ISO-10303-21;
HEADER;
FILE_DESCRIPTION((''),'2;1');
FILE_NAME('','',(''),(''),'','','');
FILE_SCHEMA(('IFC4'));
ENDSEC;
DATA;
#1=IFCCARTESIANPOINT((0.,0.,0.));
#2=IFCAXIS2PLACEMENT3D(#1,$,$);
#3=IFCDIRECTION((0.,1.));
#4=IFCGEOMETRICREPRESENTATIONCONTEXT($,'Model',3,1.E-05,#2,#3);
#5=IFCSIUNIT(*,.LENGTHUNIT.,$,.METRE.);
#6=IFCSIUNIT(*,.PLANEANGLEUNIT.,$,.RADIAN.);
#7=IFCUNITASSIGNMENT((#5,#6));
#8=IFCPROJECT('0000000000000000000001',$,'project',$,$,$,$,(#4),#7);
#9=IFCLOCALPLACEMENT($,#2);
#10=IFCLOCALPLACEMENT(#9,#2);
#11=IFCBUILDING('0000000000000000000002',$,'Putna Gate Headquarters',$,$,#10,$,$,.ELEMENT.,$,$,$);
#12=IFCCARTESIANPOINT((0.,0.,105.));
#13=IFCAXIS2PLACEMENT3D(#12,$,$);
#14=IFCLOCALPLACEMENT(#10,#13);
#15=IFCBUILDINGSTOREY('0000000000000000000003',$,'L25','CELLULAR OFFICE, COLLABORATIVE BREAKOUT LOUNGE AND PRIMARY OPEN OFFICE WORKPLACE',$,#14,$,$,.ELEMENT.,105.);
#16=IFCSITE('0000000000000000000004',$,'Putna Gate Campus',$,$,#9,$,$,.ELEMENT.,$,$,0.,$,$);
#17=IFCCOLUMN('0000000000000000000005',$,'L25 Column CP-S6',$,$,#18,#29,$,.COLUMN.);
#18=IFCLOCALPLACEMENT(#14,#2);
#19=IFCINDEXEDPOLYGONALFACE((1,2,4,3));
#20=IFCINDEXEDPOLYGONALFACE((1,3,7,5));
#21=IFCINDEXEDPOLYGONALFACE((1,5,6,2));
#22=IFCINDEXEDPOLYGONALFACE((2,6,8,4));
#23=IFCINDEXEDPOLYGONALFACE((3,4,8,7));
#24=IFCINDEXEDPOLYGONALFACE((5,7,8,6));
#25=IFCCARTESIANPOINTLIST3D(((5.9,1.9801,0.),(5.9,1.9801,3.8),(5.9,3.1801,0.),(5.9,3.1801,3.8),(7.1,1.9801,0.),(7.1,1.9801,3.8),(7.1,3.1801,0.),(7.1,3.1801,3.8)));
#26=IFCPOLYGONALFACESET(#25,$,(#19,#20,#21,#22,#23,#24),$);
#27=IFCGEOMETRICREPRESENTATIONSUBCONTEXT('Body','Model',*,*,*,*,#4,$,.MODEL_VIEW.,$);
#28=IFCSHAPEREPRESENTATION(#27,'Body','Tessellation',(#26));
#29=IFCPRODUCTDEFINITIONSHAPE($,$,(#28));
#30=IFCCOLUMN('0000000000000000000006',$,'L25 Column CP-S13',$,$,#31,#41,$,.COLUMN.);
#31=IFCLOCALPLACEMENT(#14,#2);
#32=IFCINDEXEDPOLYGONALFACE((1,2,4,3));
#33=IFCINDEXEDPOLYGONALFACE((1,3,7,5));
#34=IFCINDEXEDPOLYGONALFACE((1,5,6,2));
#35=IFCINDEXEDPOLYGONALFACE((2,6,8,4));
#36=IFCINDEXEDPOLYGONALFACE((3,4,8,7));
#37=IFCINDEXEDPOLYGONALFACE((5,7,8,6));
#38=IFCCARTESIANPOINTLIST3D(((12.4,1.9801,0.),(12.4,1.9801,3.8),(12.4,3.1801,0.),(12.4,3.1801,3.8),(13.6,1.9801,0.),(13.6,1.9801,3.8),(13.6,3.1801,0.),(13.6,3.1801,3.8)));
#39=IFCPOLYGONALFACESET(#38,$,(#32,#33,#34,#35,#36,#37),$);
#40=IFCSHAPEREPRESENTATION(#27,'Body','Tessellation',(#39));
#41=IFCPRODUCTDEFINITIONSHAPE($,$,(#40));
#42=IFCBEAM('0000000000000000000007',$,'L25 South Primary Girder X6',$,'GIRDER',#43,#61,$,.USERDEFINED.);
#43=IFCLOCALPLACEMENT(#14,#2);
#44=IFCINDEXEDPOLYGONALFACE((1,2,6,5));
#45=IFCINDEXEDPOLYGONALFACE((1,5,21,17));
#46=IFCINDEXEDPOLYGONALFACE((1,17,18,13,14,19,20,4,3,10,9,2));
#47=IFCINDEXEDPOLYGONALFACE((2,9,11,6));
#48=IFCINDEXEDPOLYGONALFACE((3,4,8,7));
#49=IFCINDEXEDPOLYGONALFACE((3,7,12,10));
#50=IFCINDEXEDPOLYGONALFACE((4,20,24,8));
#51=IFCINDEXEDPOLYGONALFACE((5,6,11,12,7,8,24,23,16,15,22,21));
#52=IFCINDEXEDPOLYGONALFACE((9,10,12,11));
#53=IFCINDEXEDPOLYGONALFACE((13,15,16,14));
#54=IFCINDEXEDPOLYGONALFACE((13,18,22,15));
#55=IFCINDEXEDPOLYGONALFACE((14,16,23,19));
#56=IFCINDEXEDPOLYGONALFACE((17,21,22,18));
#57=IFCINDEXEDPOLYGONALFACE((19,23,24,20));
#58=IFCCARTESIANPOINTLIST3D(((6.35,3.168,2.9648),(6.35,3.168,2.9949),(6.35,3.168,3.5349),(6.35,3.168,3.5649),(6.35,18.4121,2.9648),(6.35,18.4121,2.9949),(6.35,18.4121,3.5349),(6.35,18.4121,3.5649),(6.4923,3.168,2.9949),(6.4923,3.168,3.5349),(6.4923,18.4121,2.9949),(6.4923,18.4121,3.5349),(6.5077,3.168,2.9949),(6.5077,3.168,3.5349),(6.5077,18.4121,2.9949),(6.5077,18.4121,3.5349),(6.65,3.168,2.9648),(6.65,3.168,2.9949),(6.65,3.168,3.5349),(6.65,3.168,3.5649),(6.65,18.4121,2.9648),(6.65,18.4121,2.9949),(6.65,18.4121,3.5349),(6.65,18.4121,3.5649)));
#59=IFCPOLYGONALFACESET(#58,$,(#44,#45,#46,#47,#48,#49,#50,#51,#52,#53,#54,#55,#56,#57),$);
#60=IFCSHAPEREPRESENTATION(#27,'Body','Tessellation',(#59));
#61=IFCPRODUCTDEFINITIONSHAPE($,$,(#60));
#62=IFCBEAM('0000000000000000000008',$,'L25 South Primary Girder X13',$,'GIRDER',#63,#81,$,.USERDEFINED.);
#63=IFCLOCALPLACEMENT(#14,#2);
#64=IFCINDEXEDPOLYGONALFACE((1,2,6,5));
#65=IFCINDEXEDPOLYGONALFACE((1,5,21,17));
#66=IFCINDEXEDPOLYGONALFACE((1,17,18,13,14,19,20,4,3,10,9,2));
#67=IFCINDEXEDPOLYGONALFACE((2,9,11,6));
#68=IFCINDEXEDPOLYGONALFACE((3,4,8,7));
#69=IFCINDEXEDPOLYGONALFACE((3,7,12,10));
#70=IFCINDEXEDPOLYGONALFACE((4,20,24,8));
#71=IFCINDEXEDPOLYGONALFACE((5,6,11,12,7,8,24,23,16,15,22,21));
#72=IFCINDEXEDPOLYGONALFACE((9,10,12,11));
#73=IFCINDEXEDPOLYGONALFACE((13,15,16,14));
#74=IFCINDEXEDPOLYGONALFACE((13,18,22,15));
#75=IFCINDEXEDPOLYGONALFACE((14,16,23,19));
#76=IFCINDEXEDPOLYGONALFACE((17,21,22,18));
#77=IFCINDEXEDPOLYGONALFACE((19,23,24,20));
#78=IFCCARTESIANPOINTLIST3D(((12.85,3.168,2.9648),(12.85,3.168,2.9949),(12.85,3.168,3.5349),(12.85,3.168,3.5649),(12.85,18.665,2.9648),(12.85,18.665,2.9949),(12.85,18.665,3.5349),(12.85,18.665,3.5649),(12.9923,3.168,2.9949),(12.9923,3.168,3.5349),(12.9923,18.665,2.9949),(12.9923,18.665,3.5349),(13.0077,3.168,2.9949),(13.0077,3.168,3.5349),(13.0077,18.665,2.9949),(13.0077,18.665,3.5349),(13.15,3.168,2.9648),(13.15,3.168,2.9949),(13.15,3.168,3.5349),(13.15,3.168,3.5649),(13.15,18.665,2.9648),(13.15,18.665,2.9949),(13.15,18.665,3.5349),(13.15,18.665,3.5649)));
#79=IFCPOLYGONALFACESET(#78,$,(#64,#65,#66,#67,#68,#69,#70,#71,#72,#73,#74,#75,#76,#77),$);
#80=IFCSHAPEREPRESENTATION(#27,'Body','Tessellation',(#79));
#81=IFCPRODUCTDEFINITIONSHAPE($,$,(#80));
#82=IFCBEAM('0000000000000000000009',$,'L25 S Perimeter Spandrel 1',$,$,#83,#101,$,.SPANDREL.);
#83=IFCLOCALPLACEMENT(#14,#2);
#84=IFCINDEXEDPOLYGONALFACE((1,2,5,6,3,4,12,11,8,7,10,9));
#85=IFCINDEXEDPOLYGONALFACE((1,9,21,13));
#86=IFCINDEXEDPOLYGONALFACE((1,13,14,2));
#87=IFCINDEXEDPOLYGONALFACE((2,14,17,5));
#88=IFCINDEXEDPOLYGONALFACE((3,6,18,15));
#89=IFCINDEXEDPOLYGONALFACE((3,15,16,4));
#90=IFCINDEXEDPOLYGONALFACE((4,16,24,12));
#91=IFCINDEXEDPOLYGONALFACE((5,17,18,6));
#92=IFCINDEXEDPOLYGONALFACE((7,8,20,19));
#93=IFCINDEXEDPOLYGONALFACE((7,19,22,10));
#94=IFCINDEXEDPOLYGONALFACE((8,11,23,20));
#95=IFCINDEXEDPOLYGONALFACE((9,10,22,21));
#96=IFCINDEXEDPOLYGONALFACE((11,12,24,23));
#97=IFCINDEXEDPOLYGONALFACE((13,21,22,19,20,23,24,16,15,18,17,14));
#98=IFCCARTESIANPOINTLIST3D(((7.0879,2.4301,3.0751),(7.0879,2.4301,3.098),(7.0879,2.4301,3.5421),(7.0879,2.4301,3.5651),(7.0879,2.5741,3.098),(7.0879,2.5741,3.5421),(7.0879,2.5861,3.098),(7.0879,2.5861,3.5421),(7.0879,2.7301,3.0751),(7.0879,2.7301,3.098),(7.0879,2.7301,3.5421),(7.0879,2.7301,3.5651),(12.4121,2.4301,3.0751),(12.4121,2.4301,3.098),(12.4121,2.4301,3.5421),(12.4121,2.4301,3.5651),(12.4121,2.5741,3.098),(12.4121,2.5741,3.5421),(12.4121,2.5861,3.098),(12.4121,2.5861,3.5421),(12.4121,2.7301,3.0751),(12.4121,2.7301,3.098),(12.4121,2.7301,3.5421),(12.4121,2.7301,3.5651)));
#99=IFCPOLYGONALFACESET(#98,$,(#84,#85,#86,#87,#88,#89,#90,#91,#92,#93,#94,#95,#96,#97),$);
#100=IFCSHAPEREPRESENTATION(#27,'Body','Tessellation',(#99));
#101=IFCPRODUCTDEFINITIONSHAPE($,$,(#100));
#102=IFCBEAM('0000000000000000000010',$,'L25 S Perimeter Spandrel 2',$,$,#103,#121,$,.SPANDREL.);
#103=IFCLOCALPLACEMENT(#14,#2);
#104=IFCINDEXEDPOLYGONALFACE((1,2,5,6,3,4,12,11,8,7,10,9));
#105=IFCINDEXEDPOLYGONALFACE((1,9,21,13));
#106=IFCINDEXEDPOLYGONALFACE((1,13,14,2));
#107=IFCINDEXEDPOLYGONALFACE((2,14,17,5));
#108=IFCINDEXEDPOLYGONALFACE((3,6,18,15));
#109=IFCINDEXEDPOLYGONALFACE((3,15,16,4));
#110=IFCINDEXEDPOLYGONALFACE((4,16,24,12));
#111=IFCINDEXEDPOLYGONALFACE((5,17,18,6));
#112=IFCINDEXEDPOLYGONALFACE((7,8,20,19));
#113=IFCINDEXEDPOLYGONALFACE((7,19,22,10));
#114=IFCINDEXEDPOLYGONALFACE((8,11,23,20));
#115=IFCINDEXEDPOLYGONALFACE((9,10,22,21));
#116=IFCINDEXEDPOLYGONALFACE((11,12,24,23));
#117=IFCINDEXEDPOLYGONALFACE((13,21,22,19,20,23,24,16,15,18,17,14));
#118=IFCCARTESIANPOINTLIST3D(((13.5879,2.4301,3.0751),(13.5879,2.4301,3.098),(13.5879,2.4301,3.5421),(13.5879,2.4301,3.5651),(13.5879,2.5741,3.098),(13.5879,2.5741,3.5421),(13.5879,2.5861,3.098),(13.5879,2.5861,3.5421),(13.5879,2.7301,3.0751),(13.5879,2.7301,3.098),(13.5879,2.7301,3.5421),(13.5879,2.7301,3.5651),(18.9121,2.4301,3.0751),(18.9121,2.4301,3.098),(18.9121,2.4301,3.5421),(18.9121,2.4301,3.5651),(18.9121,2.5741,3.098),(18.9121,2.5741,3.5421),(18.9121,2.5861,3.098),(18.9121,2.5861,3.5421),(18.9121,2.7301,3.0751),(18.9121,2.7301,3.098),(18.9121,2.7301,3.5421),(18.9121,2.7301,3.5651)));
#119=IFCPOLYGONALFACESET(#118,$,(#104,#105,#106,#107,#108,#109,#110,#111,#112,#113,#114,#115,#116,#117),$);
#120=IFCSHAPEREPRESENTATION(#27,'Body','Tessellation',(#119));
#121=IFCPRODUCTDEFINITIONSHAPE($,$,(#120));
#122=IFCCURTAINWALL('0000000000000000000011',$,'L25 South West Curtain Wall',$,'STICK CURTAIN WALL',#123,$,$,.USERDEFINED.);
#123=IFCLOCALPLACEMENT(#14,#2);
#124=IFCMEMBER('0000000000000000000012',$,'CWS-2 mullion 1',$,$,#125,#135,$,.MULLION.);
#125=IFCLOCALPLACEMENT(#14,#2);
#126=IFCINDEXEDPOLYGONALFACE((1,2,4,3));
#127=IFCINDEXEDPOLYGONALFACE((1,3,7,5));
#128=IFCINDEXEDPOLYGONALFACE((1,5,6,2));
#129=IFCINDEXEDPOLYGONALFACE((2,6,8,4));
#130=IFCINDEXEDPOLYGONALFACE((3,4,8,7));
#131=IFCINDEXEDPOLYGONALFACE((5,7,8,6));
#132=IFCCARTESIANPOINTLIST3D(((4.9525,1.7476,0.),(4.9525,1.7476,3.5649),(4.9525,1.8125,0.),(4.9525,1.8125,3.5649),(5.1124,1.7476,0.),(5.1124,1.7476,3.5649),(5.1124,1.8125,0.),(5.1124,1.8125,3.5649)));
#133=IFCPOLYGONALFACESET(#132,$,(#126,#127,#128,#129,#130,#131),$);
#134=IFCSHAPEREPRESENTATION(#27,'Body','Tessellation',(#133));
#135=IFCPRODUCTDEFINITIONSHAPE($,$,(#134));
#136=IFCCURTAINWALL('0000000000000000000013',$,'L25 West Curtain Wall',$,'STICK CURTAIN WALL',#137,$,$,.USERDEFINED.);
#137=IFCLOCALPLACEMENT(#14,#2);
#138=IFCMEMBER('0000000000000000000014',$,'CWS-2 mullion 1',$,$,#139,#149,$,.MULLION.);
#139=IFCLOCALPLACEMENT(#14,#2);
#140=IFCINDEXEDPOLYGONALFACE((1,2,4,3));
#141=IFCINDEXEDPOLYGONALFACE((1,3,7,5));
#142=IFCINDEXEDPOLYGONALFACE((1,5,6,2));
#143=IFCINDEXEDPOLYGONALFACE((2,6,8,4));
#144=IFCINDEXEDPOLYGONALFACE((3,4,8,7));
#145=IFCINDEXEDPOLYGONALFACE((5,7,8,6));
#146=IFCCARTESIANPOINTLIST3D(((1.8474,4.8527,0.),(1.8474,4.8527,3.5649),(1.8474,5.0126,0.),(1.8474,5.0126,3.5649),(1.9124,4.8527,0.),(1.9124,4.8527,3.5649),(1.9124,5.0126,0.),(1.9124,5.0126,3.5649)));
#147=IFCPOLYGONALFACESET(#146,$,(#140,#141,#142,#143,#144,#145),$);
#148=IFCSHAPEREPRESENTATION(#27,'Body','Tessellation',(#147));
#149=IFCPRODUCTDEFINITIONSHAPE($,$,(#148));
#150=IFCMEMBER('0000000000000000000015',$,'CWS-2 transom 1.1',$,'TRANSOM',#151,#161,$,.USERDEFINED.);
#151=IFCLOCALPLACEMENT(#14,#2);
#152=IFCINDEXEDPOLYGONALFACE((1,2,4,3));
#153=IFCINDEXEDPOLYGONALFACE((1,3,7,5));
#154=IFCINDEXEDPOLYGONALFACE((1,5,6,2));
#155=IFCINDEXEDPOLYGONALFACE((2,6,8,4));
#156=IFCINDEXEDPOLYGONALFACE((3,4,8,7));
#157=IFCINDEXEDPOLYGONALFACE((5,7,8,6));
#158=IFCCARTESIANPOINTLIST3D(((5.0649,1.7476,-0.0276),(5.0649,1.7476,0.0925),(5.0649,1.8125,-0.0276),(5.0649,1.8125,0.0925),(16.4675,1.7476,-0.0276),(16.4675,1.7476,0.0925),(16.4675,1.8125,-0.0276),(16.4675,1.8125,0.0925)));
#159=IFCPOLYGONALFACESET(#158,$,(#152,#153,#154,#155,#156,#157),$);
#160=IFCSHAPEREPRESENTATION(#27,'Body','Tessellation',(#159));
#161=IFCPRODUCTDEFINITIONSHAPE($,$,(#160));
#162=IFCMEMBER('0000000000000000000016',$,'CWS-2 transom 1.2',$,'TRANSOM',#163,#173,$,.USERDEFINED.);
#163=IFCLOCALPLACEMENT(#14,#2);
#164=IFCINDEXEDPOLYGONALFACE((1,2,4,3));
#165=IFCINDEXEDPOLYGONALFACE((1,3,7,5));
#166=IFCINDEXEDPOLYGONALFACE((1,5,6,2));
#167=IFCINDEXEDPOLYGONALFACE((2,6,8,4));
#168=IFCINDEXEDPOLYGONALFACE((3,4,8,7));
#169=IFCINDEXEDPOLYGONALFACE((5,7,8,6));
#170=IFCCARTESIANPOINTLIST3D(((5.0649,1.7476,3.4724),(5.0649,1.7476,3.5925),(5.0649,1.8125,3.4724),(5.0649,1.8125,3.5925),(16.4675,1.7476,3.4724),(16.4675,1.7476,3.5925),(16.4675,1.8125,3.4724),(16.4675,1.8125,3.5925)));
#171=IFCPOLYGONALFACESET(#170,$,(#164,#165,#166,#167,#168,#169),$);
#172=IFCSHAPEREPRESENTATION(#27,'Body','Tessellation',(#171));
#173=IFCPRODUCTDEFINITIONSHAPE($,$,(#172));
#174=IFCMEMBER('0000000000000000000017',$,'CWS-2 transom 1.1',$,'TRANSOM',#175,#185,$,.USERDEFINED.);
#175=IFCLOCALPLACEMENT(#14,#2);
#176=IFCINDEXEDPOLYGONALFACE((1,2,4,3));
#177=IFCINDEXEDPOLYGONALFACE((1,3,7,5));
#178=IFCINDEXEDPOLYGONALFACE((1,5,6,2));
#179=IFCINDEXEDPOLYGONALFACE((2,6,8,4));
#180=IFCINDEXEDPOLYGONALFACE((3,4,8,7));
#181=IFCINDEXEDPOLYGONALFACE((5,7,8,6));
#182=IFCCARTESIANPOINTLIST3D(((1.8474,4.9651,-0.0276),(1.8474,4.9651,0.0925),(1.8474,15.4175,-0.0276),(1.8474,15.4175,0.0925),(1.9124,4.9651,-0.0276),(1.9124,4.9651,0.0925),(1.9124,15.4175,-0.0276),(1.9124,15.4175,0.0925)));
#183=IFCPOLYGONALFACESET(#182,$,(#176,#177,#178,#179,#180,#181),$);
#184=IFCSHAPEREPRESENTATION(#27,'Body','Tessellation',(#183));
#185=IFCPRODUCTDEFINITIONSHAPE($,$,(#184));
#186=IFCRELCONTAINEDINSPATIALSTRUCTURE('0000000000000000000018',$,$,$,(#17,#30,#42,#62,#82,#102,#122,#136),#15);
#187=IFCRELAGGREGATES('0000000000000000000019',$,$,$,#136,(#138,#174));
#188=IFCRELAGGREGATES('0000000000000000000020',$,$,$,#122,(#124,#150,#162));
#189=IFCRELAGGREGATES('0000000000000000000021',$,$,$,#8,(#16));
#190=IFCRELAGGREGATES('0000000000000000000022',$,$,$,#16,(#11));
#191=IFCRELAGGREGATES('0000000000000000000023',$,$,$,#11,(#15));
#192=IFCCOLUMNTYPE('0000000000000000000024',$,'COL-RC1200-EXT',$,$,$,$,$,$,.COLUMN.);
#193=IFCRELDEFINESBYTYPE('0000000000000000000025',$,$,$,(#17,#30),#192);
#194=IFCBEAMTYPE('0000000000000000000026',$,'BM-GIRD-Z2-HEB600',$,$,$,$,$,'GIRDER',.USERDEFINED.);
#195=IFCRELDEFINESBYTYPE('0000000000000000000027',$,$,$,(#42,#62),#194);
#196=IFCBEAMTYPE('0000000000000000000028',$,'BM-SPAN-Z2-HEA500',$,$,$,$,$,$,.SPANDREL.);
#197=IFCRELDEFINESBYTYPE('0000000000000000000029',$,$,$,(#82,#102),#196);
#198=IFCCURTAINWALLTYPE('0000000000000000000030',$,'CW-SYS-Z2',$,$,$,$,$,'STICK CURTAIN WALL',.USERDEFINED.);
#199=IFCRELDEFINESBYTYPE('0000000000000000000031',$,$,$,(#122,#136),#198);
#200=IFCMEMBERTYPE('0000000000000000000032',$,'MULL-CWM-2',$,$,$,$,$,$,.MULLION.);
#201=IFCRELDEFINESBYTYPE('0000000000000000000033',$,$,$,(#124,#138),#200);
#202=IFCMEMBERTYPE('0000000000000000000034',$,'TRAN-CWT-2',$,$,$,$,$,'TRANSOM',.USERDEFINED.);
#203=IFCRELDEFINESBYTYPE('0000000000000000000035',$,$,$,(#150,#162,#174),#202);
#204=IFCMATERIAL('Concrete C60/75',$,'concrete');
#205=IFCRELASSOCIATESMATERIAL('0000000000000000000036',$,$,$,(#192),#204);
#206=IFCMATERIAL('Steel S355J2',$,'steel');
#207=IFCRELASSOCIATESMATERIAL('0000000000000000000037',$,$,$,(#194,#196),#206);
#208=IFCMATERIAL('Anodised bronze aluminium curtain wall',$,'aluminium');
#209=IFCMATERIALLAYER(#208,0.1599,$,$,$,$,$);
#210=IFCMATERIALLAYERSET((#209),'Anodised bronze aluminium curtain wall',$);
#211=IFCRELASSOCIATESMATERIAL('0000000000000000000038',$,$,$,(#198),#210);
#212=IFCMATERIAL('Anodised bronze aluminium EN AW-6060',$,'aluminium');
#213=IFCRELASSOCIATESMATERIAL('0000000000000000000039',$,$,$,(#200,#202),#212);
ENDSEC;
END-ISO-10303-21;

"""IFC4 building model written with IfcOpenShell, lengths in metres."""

from ifc_helpers import new_model, si_unit, direction, frame, origin, origin_2d, place, context, subcontext, project, spatial, rectangle, i_section, extrude, material, layer, layer_set, material_profile, profile_set, type_object, element, aggregate, save


model = new_model("IFC4")

# Units and contexts
model_context = context("Model", 3, precision=1e-05, world=origin(), true_north=direction((0.0, 1.0)))
body_context = subcontext(model_context, "Body", "Model", "MODEL_VIEW")
ifc_project = project(units=[si_unit("LENGTHUNIT", "METRE"), si_unit("PLANEANGLEUNIT", "RADIAN")], contexts=[model_context])

# Site, building, storey
site_placement = place(None, origin())
site = spatial("IfcSite", under=ifc_project, at=site_placement, Name="Putna Gate Campus", CompositionType="ELEMENT", RefElevation=0.0)
building_placement = place(site_placement, origin())
building = spatial("IfcBuilding", under=site, at=building_placement, Name="Putna Gate Headquarters", CompositionType="ELEMENT")
storey_placement = place(building_placement, frame((0.0, 0.0, 105.0)))
storey = spatial("IfcBuildingStorey", under=building, at=storey_placement, Name="L25", Description="CELLULAR OFFICE, COLLABORATIVE BREAKOUT LOUNGE AND PRIMARY OPEN OFFICE WORKPLACE", CompositionType="ELEMENT", Elevation=105.0)

# Columns
ifc_material_1 = material(Name="Concrete C60/75", Category="concrete")
ifc_material_profile_1 = material_profile(ifc_material_1, rectangle(XDim=1.2, YDim=1.2, at=origin_2d()), Name="Concrete C60/75")
ifc_profile_set_1 = profile_set([ifc_material_profile_1], Name="Concrete C60/75")
column_type = type_object("IfcColumnType", Name="COL-RC1200-EXT", PredefinedType="COLUMN", material=ifc_profile_set_1)
for number, where, z_axis, x_axis, name in (
    (1, (6.5, 2.5801, 0.0), (0.0, 0.0, 1.0), (1.0, 0.0, 0.0), "L25 Column CP-S6"),
    (2, (13.0, 2.5801, 0.0), (0.0, 0.0, 1.0), (1.0, 0.0, 0.0), "L25 Column CP-S13"),
):
    element("IfcColumn", number, at=place(storey_placement, frame(where, z_axis=z_axis, x_axis=x_axis)), inside=storey, type_object=column_type, Name=name, PredefinedType="COLUMN", context=body_context, shape_type="SweptSolid", body=[
        extrude(rectangle(XDim=1.2, YDim=1.2, at=origin_2d()), origin(), (0.0, 0.0, 1.0), 3.8),
    ])

# Beams
ifc_material_2 = material(Name="Steel S355J2", Category="steel")
ifc_material_profile_2 = material_profile(ifc_material_2, i_section(OverallWidth=0.3, OverallDepth=0.6001, WebThickness=0.0154, FlangeThickness=0.03, at=origin_2d()), Name="Steel S355J2")
ifc_profile_set_2 = profile_set([ifc_material_profile_2], Name="Steel S355J2")
beam_type_1 = type_object("IfcBeamType", Name="BM-GIRD-Z2-HEB600", ElementType="GIRDER", PredefinedType="USERDEFINED", material=ifc_profile_set_2)
beam_1_placement = place(storey_placement, frame((6.5, 3.168, 3.2649), z_axis=(0.0, 1.0, 0.0), x_axis=(-1.0, 0.0, 0.0)))
element("IfcBeam", 3, at=beam_1_placement, inside=storey, type_object=beam_type_1, Name="L25 South Primary Girder X6", ObjectType="GIRDER", PredefinedType="USERDEFINED", context=body_context, shape_type="SweptSolid", body=[
    extrude(i_section(OverallWidth=0.3, OverallDepth=0.6001, WebThickness=0.0154, FlangeThickness=0.03, at=origin_2d()), origin(), (0.0, 0.0, 1.0), 15.2441),
])
beam_2_placement = place(storey_placement, frame((13.0, 3.168, 3.2649), z_axis=(0.0, 1.0, 0.0), x_axis=(-1.0, 0.0, 0.0)))
element("IfcBeam", 4, at=beam_2_placement, inside=storey, type_object=beam_type_1, Name="L25 South Primary Girder X13", ObjectType="GIRDER", PredefinedType="USERDEFINED", context=body_context, shape_type="SweptSolid", body=[
    extrude(i_section(OverallWidth=0.3, OverallDepth=0.6001, WebThickness=0.0154, FlangeThickness=0.03, at=origin_2d()), origin(), (0.0, 0.0, 1.0), 15.4971),
])
ifc_material_profile_3 = material_profile(ifc_material_2, i_section(OverallWidth=0.3, OverallDepth=0.49, WebThickness=0.012, FlangeThickness=0.0229, at=origin_2d()), Name="Steel S355J2")
ifc_profile_set_3 = profile_set([ifc_material_profile_3], Name="Steel S355J2")
beam_type_2 = type_object("IfcBeamType", Name="BM-SPAN-Z2-HEA500", PredefinedType="SPANDREL", material=ifc_profile_set_3)
for number, where, z_axis, x_axis, name in (
    (5, (7.0879, 2.5801, 3.3201), (1.0, 0.0, 0.0), (0.0, 1.0, 0.0), "L25 S Perimeter Spandrel 1"),
    (6, (13.5879, 2.5801, 3.3201), (1.0, 0.0, 0.0), (0.0, 1.0, 0.0), "L25 S Perimeter Spandrel 2"),
):
    element("IfcBeam", number, at=place(storey_placement, frame(where, z_axis=z_axis, x_axis=x_axis)), inside=storey, type_object=beam_type_2, Name=name, PredefinedType="SPANDREL", context=body_context, shape_type="SweptSolid", body=[
        extrude(i_section(OverallWidth=0.3, OverallDepth=0.49, WebThickness=0.012, FlangeThickness=0.0229, at=origin_2d()), origin(), (0.0, 0.0, 1.0), 5.3242),
    ])

# Curtain walls, members
ifc_material_3 = material(Name="Anodised bronze aluminium curtain wall", Category="aluminium")
ifc_layer_1 = layer(ifc_material_3, 0.1599)
ifc_layer_set_1 = layer_set([ifc_layer_1], Name="Anodised bronze aluminium curtain wall")
curtain_wall_type = type_object("IfcCurtainWallType", Name="CW-SYS-Z2", ElementType="STICK CURTAIN WALL", PredefinedType="USERDEFINED", material=ifc_layer_set_1)
curtain_wall_1_placement = place(storey_placement, origin())
curtain_wall_1 = element("IfcCurtainWall", 7, at=curtain_wall_1_placement, inside=storey, type_object=curtain_wall_type, Name="L25 South West Curtain Wall", ObjectType="STICK CURTAIN WALL", PredefinedType="USERDEFINED")
ifc_material_4 = material(Name="Anodised bronze aluminium EN AW-6060", Category="aluminium")
ifc_material_profile_4 = material_profile(ifc_material_4, rectangle(XDim=0.0649, YDim=0.1599, at=origin_2d()), Name="Anodised bronze aluminium EN AW-6060")
ifc_profile_set_4 = profile_set([ifc_material_profile_4], Name="Anodised bronze aluminium EN AW-6060")
member_type_1 = type_object("IfcMemberType", Name="MULL-CWM-2", PredefinedType="MULLION", material=ifc_profile_set_4)
member_1_placement = place(storey_placement, frame((5.0325, 1.78, 0.0), z_axis=(0.0, 0.0, 1.0), x_axis=(0.0, 1.0, 0.0)))
member_1 = element("IfcMember", 8, at=member_1_placement, type_object=member_type_1, Name="CWS-2 mullion 1", PredefinedType="MULLION", context=body_context, shape_type="SweptSolid", body=[
    extrude(rectangle(XDim=0.0649, YDim=0.1599, at=origin_2d()), origin(), (0.0, 0.0, 1.0), 3.5649),
])
curtain_wall_2_placement = place(storey_placement, origin())
curtain_wall_2 = element("IfcCurtainWall", 9, at=curtain_wall_2_placement, inside=storey, type_object=curtain_wall_type, Name="L25 West Curtain Wall", ObjectType="STICK CURTAIN WALL", PredefinedType="USERDEFINED")
member_2_placement = place(storey_placement, frame((1.8799, 4.9326, 0.0), z_axis=(0.0, 0.0, 1.0), x_axis=(-1.0, 0.0, 0.0)))
member_2 = element("IfcMember", 10, at=member_2_placement, type_object=member_type_1, Name="CWS-2 mullion 1", PredefinedType="MULLION", context=body_context, shape_type="SweptSolid", body=[
    extrude(rectangle(XDim=0.0649, YDim=0.1599, at=origin_2d()), origin(), (0.0, 0.0, 1.0), 3.5649),
])

# Members
ifc_material_profile_5 = material_profile(ifc_material_4, rectangle(XDim=0.0649, YDim=0.1201, at=origin_2d()), Name="Anodised bronze aluminium EN AW-6060")
ifc_profile_set_5 = profile_set([ifc_material_profile_5], Name="Anodised bronze aluminium EN AW-6060")
member_type_2 = type_object("IfcMemberType", Name="TRAN-CWT-2", ElementType="TRANSOM", PredefinedType="USERDEFINED", material=ifc_profile_set_5)
member_3_placement = place(storey_placement, frame((5.0649, 1.78, 0.0325), z_axis=(1.0, 0.0, 0.0), x_axis=(0.0, 1.0, 0.0)))
member_3 = element("IfcMember", 11, at=member_3_placement, type_object=member_type_2, Name="CWS-2 transom 1.1", ObjectType="TRANSOM", PredefinedType="USERDEFINED", context=body_context, shape_type="SweptSolid", body=[
    extrude(rectangle(XDim=0.0649, YDim=0.1201, at=origin_2d()), origin(), (0.0, 0.0, 1.0), 11.4026),
])
member_4_placement = place(storey_placement, frame((5.0649, 1.78, 3.5325), z_axis=(1.0, 0.0, 0.0), x_axis=(0.0, 1.0, 0.0)))
member_4 = element("IfcMember", 12, at=member_4_placement, type_object=member_type_2, Name="CWS-2 transom 1.2", ObjectType="TRANSOM", PredefinedType="USERDEFINED", context=body_context, shape_type="SweptSolid", body=[
    extrude(rectangle(XDim=0.0649, YDim=0.1201, at=origin_2d()), origin(), (0.0, 0.0, 1.0), 11.4026),
])
member_5_placement = place(storey_placement, frame((1.8799, 4.9651, 0.0325), z_axis=(0.0, 1.0, 0.0), x_axis=(-1.0, 0.0, 0.0)))
member_5 = element("IfcMember", 13, at=member_5_placement, type_object=member_type_2, Name="CWS-2 transom 1.1", ObjectType="TRANSOM", PredefinedType="USERDEFINED", context=body_context, shape_type="SweptSolid", body=[
    extrude(rectangle(XDim=0.0649, YDim=0.1201, at=origin_2d()), origin(), (0.0, 0.0, 1.0), 10.4524),
])
aggregate(curtain_wall_2, [member_2, member_5])

aggregate(curtain_wall_1, [member_1, member_3, member_4])

save(model, "model.ifc")
